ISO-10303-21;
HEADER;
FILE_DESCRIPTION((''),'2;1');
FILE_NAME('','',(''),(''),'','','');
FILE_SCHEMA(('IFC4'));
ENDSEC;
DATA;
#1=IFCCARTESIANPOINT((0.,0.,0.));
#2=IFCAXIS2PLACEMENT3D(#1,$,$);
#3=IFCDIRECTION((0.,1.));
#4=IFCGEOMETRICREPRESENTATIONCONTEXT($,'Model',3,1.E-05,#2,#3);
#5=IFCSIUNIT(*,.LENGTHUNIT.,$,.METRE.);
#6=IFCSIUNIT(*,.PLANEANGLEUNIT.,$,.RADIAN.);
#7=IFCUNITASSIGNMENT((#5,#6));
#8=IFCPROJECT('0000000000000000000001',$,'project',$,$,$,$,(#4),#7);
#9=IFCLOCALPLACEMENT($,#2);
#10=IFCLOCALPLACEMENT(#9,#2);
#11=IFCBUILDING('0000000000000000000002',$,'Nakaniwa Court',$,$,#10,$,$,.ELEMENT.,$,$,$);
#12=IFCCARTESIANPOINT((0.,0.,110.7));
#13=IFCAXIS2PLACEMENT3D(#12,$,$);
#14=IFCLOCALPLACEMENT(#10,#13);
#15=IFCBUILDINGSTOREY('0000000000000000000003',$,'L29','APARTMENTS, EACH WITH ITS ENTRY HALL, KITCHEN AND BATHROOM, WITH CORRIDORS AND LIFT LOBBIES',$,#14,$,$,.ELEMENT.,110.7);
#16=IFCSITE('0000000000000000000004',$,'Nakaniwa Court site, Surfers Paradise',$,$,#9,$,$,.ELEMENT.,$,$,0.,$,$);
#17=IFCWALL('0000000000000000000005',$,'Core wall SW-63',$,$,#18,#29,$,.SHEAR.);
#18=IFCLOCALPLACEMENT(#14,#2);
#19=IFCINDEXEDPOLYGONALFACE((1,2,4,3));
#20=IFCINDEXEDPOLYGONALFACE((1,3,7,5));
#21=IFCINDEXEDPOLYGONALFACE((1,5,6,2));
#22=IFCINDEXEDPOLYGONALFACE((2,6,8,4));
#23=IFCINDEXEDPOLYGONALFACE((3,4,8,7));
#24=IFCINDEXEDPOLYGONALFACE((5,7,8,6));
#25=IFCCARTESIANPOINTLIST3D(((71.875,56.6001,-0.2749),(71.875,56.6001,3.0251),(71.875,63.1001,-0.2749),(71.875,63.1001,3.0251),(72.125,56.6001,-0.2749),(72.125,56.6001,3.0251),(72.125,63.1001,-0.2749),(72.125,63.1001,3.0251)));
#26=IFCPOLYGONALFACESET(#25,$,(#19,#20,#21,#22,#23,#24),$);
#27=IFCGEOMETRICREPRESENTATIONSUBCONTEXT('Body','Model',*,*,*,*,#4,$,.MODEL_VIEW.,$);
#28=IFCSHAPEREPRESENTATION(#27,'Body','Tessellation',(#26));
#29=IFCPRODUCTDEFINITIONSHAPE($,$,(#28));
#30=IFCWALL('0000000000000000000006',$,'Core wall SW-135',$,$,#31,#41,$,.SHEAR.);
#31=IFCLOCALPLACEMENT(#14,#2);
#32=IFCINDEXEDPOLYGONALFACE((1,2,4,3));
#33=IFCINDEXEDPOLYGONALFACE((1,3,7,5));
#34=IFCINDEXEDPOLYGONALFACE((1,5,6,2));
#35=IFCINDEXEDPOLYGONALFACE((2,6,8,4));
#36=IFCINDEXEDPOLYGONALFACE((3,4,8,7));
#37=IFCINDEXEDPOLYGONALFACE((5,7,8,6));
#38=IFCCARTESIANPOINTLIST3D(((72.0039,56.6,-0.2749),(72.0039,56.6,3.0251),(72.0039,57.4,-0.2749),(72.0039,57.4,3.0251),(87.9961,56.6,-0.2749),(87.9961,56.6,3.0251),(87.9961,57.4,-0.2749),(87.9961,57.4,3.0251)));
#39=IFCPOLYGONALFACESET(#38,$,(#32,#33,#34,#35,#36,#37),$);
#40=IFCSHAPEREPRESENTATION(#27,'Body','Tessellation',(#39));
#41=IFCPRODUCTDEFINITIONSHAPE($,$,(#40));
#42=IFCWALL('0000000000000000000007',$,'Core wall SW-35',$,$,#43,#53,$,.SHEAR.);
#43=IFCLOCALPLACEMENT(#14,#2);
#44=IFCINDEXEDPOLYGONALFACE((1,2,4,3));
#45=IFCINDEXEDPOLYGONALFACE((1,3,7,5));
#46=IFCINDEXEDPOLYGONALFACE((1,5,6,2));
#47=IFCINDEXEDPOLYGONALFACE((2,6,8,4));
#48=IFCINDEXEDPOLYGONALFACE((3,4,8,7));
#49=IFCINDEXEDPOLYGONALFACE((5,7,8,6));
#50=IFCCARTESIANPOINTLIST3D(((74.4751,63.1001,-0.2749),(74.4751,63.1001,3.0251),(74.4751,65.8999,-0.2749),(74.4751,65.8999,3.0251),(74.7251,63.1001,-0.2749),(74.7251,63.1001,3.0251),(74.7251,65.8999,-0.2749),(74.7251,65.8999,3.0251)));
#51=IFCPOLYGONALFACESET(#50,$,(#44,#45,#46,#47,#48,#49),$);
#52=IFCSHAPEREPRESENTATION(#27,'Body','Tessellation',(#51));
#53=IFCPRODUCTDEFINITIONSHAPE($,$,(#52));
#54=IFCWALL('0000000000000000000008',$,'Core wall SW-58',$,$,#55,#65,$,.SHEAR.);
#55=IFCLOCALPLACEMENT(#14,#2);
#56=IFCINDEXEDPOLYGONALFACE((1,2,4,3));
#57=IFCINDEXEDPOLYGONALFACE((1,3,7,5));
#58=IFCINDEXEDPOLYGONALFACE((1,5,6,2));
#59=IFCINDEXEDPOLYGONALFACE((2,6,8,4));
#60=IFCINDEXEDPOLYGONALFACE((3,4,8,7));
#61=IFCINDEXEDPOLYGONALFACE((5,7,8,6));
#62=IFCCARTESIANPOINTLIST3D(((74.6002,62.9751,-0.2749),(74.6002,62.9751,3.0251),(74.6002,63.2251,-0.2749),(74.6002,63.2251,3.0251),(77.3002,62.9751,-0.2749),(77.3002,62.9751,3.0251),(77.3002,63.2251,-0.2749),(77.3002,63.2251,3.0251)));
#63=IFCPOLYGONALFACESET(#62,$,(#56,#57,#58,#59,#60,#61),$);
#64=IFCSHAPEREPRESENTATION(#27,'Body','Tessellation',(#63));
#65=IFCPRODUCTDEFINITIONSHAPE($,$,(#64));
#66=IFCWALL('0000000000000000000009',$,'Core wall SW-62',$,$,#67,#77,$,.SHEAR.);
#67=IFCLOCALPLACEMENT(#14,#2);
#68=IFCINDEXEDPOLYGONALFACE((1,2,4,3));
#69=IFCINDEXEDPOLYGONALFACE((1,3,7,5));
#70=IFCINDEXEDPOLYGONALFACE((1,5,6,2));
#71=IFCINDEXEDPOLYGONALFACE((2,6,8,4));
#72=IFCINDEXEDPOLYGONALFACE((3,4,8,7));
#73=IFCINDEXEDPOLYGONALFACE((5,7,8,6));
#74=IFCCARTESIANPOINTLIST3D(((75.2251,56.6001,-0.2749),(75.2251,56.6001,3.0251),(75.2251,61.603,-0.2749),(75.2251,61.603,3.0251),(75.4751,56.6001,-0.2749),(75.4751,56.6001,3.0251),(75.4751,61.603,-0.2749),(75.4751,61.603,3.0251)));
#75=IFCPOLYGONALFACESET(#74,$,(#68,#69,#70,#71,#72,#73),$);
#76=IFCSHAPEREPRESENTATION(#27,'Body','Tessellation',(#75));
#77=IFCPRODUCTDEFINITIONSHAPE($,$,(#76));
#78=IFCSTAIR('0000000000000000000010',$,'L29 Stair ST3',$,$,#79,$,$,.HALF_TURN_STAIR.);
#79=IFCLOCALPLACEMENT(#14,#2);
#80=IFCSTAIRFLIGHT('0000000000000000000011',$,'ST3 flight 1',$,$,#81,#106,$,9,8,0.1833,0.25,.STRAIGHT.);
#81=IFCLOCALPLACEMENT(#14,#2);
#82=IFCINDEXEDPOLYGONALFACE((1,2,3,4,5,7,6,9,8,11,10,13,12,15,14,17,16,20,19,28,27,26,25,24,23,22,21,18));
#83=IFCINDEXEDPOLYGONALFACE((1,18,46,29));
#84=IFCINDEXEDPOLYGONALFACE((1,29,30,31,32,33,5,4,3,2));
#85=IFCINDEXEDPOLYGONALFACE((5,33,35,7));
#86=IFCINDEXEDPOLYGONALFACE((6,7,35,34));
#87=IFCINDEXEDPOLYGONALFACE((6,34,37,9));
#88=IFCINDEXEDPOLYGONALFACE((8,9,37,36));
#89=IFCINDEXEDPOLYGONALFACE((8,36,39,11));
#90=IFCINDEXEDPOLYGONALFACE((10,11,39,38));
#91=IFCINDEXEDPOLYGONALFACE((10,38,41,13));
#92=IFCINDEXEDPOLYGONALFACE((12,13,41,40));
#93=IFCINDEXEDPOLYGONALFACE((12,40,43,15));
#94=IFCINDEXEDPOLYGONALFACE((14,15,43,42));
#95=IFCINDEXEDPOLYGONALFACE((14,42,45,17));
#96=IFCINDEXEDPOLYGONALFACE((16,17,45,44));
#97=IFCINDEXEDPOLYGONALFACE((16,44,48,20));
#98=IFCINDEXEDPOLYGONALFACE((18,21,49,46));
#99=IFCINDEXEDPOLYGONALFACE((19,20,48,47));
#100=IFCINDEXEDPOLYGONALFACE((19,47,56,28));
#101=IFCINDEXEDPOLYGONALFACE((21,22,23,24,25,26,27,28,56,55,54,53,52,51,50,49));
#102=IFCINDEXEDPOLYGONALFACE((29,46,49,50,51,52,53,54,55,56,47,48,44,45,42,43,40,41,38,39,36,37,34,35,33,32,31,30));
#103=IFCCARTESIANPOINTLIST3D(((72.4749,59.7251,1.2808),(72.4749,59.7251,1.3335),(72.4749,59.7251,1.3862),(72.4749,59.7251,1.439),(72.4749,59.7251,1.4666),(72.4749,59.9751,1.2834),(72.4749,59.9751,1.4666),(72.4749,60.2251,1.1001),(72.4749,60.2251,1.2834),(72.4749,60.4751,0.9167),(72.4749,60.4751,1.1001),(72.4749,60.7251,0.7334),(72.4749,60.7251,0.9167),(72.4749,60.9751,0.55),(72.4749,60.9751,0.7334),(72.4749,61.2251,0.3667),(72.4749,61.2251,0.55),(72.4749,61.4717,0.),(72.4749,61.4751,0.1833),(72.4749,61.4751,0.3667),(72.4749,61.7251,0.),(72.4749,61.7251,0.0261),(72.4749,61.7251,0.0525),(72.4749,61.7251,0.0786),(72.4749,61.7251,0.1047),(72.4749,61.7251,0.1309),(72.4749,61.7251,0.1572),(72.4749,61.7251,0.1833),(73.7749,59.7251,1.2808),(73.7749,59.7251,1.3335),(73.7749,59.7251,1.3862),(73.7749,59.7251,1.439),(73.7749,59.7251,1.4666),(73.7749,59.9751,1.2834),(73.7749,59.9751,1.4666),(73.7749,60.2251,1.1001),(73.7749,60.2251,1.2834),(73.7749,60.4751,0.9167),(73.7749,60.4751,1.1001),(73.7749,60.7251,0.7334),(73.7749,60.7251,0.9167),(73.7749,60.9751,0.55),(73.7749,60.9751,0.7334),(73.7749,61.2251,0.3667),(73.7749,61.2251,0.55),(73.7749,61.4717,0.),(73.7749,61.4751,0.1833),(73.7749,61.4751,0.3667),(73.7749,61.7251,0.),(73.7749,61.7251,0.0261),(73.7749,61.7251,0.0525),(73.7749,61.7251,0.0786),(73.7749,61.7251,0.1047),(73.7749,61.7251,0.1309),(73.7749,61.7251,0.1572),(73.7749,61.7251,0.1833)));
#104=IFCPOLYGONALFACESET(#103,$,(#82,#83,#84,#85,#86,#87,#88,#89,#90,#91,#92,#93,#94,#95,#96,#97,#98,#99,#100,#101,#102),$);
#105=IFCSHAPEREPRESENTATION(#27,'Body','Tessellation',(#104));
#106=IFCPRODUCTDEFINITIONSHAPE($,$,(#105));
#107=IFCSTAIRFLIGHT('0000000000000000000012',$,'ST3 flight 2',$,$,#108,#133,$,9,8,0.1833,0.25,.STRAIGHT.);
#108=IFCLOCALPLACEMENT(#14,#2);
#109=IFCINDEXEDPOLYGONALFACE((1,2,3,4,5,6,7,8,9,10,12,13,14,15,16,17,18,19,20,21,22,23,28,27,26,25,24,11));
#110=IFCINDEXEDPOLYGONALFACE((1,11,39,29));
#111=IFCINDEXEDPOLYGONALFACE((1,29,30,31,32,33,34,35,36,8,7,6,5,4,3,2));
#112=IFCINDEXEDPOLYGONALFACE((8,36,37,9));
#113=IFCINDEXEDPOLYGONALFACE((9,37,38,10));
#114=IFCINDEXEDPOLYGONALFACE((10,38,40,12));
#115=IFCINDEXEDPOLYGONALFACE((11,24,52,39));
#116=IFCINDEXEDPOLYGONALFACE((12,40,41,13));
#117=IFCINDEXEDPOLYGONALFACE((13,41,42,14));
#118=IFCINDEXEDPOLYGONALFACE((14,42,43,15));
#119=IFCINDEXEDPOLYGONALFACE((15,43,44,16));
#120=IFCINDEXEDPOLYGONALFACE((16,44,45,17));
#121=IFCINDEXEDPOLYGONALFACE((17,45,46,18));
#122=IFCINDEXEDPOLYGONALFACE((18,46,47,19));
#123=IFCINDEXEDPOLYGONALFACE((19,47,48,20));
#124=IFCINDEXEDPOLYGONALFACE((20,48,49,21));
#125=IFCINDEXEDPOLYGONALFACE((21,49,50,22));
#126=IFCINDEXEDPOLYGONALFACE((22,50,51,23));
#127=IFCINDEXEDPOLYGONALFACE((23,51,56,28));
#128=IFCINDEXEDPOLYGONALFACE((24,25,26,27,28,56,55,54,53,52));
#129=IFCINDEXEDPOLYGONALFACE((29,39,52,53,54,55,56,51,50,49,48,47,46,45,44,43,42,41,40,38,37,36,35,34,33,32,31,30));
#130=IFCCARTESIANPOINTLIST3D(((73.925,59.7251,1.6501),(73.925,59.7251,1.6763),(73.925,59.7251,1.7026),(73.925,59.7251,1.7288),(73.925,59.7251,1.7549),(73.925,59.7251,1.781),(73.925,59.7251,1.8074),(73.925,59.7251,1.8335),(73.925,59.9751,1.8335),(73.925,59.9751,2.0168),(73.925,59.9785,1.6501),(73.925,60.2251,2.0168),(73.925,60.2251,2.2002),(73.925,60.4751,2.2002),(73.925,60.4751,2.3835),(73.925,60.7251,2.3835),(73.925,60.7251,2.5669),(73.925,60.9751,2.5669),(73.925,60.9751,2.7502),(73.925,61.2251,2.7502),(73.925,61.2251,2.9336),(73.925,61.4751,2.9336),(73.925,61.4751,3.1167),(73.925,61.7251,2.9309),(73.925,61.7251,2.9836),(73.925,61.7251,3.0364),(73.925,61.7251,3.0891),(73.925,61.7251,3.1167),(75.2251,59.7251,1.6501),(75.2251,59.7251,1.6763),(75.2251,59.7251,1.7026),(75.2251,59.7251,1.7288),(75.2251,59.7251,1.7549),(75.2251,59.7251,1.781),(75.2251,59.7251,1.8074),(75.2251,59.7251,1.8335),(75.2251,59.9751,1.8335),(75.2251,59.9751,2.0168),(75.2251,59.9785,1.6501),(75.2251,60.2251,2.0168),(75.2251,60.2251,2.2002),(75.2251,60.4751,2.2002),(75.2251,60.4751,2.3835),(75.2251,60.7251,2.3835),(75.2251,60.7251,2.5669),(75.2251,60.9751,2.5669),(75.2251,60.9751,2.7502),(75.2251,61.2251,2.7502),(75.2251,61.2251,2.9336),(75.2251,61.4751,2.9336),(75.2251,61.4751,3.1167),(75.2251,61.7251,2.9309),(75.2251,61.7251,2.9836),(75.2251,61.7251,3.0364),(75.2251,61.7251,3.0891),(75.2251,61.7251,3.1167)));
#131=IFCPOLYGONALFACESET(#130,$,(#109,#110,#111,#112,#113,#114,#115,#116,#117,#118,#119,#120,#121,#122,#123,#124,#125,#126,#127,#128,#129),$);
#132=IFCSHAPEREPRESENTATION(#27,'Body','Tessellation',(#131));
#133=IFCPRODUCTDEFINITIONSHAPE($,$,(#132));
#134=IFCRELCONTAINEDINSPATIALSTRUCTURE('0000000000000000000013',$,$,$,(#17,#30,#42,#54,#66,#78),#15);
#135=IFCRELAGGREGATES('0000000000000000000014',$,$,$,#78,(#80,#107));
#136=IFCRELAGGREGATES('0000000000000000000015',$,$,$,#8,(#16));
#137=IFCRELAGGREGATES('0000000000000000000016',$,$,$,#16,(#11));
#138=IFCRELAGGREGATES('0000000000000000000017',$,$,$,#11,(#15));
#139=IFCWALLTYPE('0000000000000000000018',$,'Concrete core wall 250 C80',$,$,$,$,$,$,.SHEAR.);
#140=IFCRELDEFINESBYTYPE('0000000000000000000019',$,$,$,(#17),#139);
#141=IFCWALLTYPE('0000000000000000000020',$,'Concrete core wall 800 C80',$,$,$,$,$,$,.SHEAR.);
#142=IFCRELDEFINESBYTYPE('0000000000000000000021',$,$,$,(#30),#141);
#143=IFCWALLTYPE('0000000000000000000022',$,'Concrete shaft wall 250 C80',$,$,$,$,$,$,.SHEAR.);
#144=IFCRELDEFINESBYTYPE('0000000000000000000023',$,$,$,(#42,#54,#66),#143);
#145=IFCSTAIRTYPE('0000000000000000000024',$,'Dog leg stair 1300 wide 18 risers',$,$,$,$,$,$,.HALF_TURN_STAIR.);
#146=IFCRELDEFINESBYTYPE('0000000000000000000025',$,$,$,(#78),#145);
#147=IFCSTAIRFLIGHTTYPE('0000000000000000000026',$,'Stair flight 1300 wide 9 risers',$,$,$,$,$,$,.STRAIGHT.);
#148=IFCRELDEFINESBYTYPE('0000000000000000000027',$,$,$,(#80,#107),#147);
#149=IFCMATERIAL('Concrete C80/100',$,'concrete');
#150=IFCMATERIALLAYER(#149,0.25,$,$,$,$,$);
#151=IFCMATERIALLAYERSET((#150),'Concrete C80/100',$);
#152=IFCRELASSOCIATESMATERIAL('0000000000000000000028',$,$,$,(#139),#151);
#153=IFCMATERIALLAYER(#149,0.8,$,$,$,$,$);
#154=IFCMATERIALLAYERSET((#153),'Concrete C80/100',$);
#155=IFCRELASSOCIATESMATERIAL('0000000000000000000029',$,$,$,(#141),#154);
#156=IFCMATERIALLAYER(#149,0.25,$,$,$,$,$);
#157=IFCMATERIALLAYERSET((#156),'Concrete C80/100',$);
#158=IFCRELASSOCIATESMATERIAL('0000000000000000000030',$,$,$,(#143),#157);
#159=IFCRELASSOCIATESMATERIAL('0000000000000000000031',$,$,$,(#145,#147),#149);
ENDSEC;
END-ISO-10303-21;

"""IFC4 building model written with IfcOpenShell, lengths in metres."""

from ifc_helpers import new_model, si_unit, direction, frame, frame_2d, origin, place, context, subcontext, project, spatial, polyline, rectangle, outline, extrude, material, layer, layer_set, type_object, element, aggregate, save


model = new_model("IFC4")

# Units and contexts
model_context = context("Model", 3, precision=1e-05, world=origin(), true_north=direction((0.0, 1.0)))
body_context = subcontext(model_context, "Body", "Model", "MODEL_VIEW")
ifc_project = project(units=[si_unit("LENGTHUNIT", "METRE"), si_unit("PLANEANGLEUNIT", "RADIAN")], contexts=[model_context])

# Site, building, storey
site_placement = place(None, origin())
site = spatial("IfcSite", under=ifc_project, at=site_placement, Name="Nakaniwa Court site, Surfers Paradise", CompositionType="ELEMENT", RefElevation=0.0)
building_placement = place(site_placement, origin())
building = spatial("IfcBuilding", under=site, at=building_placement, Name="Nakaniwa Court", CompositionType="ELEMENT")
storey_placement = place(building_placement, frame((0.0, 0.0, 110.7)))
storey = spatial("IfcBuildingStorey", under=building, at=storey_placement, Name="L29", Description="APARTMENTS, EACH WITH ITS ENTRY HALL, KITCHEN AND BATHROOM, WITH CORRIDORS AND LIFT LOBBIES", CompositionType="ELEMENT", Elevation=110.7)

# Shared definitions
ifc_material_1 = material(Name="Concrete C80/100", Category="concrete")

# Walls
ifc_layer_1 = layer(ifc_material_1, 0.25)
ifc_layer_set_1 = layer_set([ifc_layer_1], Name="Concrete C80/100")
wall_type_1 = type_object("IfcWallType", Name="Concrete core wall 250 C80", PredefinedType="SHEAR", material=ifc_layer_set_1)
wall_1_placement = place(storey_placement, frame((72.0, 56.6001, -0.2749), z_axis=(0.0, 0.0, 1.0), x_axis=(0.0, 1.0, 0.0)))
element("IfcWall", 1, at=wall_1_placement, inside=storey, type_object=wall_type_1, Name="Core wall SW-63", PredefinedType="SHEAR", context=body_context, shape_type="SweptSolid", body=[
    extrude(rectangle(XDim=6.5, YDim=0.25, at=frame_2d((3.25, 0.0))), origin(), (0.0, 0.0, 1.0), 3.3),
])
ifc_layer_2 = layer(ifc_material_1, 0.8)
ifc_layer_set_2 = layer_set([ifc_layer_2], Name="Concrete C80/100")
wall_type_2 = type_object("IfcWallType", Name="Concrete core wall 800 C80", PredefinedType="SHEAR", material=ifc_layer_set_2)
wall_2_placement = place(storey_placement, frame((72.0039, 57.0, -0.2749), z_axis=(0.0, 0.0, 1.0), x_axis=(1.0, 0.0, 0.0)))
element("IfcWall", 2, at=wall_2_placement, inside=storey, type_object=wall_type_2, Name="Core wall SW-135", PredefinedType="SHEAR", context=body_context, shape_type="SweptSolid", body=[
    extrude(rectangle(XDim=15.9922, YDim=0.8, at=frame_2d((7.9961, 0.0))), origin(), (0.0, 0.0, 1.0), 3.3),
])
ifc_layer_3 = layer(ifc_material_1, 0.25)
ifc_layer_set_3 = layer_set([ifc_layer_3], Name="Concrete C80/100")
wall_type_3 = type_object("IfcWallType", Name="Concrete shaft wall 250 C80", PredefinedType="SHEAR", material=ifc_layer_set_3)
wall_3_placement = place(storey_placement, frame((74.6001, 63.1001, -0.2749), z_axis=(0.0, 0.0, 1.0), x_axis=(0.0, 1.0, 0.0)))
element("IfcWall", 3, at=wall_3_placement, inside=storey, type_object=wall_type_3, Name="Core wall SW-35", PredefinedType="SHEAR", context=body_context, shape_type="SweptSolid", body=[
    extrude(rectangle(XDim=2.7998, YDim=0.25, at=frame_2d((1.3999, 0.0))), origin(), (0.0, 0.0, 1.0), 3.3),
])
wall_4_placement = place(storey_placement, frame((74.6001, 63.1001, -0.2749), z_axis=(0.0, 0.0, 1.0), x_axis=(1.0, 0.0, 0.0)))
element("IfcWall", 4, at=wall_4_placement, inside=storey, type_object=wall_type_3, Name="Core wall SW-58", PredefinedType="SHEAR", context=body_context, shape_type="SweptSolid", body=[
    extrude(rectangle(XDim=2.7, YDim=0.25, at=frame_2d((1.3501, 0.0))), origin(), (0.0, 0.0, 1.0), 3.3),
])
wall_5_placement = place(storey_placement, frame((75.3501, 56.6001, -0.2749), z_axis=(0.0, 0.0, 1.0), x_axis=(0.0, 1.0, 0.0)))
element("IfcWall", 5, at=wall_5_placement, inside=storey, type_object=wall_type_3, Name="Core wall SW-62", PredefinedType="SHEAR", context=body_context, shape_type="SweptSolid", body=[
    extrude(rectangle(XDim=5.0029, YDim=0.25, at=frame_2d((2.5015, 0.0))), origin(), (0.0, 0.0, 1.0), 3.3),
])

# Stair, stair flights
stair_type = type_object("IfcStairType", Name="Dog leg stair 1300 wide 18 risers", PredefinedType="HALF_TURN_STAIR", material=ifc_material_1)
stair_placement = place(storey_placement, origin())
stair = element("IfcStair", 6, at=stair_placement, inside=storey, type_object=stair_type, Name="L29 Stair ST3", PredefinedType="HALF_TURN_STAIR")
stair_flight_type = type_object("IfcStairFlightType", Name="Stair flight 1300 wide 9 risers", PredefinedType="STRAIGHT", material=ifc_material_1)
stair_flight_1_placement = place(storey_placement, frame((73.125, 61.7251, 0.0), z_axis=(0.0, 0.0, 1.0), x_axis=(0.0, -1.0, 0.0)))
stair_flight_1 = element("IfcStairFlight", 7, at=stair_flight_1_placement, type_object=stair_flight_type, Name="ST3 flight 1", NumberOfRisers=9, NumberOfTreads=8, PredefinedType="STRAIGHT", RiserHeight=0.1833, TreadLength=0.25, context=body_context, shape_type="SweptSolid", body=[
    extrude(outline(polyline([(0.0, 0.0), (0.0, 0.0261), (0.0, 0.0525), (0.0, 0.0786), (0.0, 0.1047), (0.0, 0.1309), (0.0, 0.1572), (0.0, 0.1833), (0.25, 0.1833), (0.25, 0.3667), (0.5, 0.3667), (0.5, 0.55), (0.75, 0.55), (0.75, 0.7334), (1.0, 0.7334), (1.0, 0.9167), (1.25, 0.9167), (1.25, 1.1001), (1.5, 1.1001), (1.5, 1.2834), (1.75, 1.2834), (1.75, 1.4666), (2.0, 1.4666), (2.0, 1.6499), (2.0, 1.5972), (2.0, 1.5444), (2.0, 1.4917), (2.0, 1.439), (2.0, 1.3862), (2.0, 1.3335), (2.0, 1.2808), (0.2534, 0.0), (0.0, 0.0)])), frame((0.0, 0.6499, 0.0), z_axis=(0.0, -1.0, 0.0), x_axis=(1.0, 0.0, 0.0)), (0.0, 0.0, 1.0), 1.3),
])
stair_flight_2_placement = place(storey_placement, frame((74.575, 59.7251, 1.6501), z_axis=(0.0, 0.0, 1.0), x_axis=(0.0, 1.0, 0.0)))
stair_flight_2 = element("IfcStairFlight", 8, at=stair_flight_2_placement, type_object=stair_flight_type, Name="ST3 flight 2", NumberOfRisers=9, NumberOfTreads=8, PredefinedType="STRAIGHT", RiserHeight=0.1833, TreadLength=0.25, context=body_context, shape_type="SweptSolid", body=[
    extrude(outline(polyline([(0.0, 0.0), (0.0, 0.0261), (0.0, 0.0525), (0.0, 0.0786), (0.0, 0.1047), (0.0, 0.1309), (0.0, 0.1572), (0.0, 0.1833), (0.25, 0.1833), (0.25, 0.3667), (0.5, 0.3667), (0.5, 0.55), (0.75, 0.55), (0.75, 0.7334), (1.0, 0.7334), (1.0, 0.9167), (1.25, 0.9167), (1.25, 1.1001), (1.5, 1.1001), (1.5, 1.2834), (1.75, 1.2834), (1.75, 1.4666), (2.0, 1.4666), (2.0, 1.6499), (2.0, 1.5972), (2.0, 1.5444), (2.0, 1.4917), (2.0, 1.439), (2.0, 1.3862), (2.0, 1.3335), (2.0, 1.2808), (0.2534, 0.0), (0.0, 0.0)])), frame((0.0, 0.6499, 0.0), z_axis=(0.0, -1.0, 0.0), x_axis=(1.0, 0.0, 0.0)), (0.0, 0.0, 1.0), 1.3),
])
aggregate(stair, [stair_flight_1, stair_flight_2])

save(model, "model.ifc")
